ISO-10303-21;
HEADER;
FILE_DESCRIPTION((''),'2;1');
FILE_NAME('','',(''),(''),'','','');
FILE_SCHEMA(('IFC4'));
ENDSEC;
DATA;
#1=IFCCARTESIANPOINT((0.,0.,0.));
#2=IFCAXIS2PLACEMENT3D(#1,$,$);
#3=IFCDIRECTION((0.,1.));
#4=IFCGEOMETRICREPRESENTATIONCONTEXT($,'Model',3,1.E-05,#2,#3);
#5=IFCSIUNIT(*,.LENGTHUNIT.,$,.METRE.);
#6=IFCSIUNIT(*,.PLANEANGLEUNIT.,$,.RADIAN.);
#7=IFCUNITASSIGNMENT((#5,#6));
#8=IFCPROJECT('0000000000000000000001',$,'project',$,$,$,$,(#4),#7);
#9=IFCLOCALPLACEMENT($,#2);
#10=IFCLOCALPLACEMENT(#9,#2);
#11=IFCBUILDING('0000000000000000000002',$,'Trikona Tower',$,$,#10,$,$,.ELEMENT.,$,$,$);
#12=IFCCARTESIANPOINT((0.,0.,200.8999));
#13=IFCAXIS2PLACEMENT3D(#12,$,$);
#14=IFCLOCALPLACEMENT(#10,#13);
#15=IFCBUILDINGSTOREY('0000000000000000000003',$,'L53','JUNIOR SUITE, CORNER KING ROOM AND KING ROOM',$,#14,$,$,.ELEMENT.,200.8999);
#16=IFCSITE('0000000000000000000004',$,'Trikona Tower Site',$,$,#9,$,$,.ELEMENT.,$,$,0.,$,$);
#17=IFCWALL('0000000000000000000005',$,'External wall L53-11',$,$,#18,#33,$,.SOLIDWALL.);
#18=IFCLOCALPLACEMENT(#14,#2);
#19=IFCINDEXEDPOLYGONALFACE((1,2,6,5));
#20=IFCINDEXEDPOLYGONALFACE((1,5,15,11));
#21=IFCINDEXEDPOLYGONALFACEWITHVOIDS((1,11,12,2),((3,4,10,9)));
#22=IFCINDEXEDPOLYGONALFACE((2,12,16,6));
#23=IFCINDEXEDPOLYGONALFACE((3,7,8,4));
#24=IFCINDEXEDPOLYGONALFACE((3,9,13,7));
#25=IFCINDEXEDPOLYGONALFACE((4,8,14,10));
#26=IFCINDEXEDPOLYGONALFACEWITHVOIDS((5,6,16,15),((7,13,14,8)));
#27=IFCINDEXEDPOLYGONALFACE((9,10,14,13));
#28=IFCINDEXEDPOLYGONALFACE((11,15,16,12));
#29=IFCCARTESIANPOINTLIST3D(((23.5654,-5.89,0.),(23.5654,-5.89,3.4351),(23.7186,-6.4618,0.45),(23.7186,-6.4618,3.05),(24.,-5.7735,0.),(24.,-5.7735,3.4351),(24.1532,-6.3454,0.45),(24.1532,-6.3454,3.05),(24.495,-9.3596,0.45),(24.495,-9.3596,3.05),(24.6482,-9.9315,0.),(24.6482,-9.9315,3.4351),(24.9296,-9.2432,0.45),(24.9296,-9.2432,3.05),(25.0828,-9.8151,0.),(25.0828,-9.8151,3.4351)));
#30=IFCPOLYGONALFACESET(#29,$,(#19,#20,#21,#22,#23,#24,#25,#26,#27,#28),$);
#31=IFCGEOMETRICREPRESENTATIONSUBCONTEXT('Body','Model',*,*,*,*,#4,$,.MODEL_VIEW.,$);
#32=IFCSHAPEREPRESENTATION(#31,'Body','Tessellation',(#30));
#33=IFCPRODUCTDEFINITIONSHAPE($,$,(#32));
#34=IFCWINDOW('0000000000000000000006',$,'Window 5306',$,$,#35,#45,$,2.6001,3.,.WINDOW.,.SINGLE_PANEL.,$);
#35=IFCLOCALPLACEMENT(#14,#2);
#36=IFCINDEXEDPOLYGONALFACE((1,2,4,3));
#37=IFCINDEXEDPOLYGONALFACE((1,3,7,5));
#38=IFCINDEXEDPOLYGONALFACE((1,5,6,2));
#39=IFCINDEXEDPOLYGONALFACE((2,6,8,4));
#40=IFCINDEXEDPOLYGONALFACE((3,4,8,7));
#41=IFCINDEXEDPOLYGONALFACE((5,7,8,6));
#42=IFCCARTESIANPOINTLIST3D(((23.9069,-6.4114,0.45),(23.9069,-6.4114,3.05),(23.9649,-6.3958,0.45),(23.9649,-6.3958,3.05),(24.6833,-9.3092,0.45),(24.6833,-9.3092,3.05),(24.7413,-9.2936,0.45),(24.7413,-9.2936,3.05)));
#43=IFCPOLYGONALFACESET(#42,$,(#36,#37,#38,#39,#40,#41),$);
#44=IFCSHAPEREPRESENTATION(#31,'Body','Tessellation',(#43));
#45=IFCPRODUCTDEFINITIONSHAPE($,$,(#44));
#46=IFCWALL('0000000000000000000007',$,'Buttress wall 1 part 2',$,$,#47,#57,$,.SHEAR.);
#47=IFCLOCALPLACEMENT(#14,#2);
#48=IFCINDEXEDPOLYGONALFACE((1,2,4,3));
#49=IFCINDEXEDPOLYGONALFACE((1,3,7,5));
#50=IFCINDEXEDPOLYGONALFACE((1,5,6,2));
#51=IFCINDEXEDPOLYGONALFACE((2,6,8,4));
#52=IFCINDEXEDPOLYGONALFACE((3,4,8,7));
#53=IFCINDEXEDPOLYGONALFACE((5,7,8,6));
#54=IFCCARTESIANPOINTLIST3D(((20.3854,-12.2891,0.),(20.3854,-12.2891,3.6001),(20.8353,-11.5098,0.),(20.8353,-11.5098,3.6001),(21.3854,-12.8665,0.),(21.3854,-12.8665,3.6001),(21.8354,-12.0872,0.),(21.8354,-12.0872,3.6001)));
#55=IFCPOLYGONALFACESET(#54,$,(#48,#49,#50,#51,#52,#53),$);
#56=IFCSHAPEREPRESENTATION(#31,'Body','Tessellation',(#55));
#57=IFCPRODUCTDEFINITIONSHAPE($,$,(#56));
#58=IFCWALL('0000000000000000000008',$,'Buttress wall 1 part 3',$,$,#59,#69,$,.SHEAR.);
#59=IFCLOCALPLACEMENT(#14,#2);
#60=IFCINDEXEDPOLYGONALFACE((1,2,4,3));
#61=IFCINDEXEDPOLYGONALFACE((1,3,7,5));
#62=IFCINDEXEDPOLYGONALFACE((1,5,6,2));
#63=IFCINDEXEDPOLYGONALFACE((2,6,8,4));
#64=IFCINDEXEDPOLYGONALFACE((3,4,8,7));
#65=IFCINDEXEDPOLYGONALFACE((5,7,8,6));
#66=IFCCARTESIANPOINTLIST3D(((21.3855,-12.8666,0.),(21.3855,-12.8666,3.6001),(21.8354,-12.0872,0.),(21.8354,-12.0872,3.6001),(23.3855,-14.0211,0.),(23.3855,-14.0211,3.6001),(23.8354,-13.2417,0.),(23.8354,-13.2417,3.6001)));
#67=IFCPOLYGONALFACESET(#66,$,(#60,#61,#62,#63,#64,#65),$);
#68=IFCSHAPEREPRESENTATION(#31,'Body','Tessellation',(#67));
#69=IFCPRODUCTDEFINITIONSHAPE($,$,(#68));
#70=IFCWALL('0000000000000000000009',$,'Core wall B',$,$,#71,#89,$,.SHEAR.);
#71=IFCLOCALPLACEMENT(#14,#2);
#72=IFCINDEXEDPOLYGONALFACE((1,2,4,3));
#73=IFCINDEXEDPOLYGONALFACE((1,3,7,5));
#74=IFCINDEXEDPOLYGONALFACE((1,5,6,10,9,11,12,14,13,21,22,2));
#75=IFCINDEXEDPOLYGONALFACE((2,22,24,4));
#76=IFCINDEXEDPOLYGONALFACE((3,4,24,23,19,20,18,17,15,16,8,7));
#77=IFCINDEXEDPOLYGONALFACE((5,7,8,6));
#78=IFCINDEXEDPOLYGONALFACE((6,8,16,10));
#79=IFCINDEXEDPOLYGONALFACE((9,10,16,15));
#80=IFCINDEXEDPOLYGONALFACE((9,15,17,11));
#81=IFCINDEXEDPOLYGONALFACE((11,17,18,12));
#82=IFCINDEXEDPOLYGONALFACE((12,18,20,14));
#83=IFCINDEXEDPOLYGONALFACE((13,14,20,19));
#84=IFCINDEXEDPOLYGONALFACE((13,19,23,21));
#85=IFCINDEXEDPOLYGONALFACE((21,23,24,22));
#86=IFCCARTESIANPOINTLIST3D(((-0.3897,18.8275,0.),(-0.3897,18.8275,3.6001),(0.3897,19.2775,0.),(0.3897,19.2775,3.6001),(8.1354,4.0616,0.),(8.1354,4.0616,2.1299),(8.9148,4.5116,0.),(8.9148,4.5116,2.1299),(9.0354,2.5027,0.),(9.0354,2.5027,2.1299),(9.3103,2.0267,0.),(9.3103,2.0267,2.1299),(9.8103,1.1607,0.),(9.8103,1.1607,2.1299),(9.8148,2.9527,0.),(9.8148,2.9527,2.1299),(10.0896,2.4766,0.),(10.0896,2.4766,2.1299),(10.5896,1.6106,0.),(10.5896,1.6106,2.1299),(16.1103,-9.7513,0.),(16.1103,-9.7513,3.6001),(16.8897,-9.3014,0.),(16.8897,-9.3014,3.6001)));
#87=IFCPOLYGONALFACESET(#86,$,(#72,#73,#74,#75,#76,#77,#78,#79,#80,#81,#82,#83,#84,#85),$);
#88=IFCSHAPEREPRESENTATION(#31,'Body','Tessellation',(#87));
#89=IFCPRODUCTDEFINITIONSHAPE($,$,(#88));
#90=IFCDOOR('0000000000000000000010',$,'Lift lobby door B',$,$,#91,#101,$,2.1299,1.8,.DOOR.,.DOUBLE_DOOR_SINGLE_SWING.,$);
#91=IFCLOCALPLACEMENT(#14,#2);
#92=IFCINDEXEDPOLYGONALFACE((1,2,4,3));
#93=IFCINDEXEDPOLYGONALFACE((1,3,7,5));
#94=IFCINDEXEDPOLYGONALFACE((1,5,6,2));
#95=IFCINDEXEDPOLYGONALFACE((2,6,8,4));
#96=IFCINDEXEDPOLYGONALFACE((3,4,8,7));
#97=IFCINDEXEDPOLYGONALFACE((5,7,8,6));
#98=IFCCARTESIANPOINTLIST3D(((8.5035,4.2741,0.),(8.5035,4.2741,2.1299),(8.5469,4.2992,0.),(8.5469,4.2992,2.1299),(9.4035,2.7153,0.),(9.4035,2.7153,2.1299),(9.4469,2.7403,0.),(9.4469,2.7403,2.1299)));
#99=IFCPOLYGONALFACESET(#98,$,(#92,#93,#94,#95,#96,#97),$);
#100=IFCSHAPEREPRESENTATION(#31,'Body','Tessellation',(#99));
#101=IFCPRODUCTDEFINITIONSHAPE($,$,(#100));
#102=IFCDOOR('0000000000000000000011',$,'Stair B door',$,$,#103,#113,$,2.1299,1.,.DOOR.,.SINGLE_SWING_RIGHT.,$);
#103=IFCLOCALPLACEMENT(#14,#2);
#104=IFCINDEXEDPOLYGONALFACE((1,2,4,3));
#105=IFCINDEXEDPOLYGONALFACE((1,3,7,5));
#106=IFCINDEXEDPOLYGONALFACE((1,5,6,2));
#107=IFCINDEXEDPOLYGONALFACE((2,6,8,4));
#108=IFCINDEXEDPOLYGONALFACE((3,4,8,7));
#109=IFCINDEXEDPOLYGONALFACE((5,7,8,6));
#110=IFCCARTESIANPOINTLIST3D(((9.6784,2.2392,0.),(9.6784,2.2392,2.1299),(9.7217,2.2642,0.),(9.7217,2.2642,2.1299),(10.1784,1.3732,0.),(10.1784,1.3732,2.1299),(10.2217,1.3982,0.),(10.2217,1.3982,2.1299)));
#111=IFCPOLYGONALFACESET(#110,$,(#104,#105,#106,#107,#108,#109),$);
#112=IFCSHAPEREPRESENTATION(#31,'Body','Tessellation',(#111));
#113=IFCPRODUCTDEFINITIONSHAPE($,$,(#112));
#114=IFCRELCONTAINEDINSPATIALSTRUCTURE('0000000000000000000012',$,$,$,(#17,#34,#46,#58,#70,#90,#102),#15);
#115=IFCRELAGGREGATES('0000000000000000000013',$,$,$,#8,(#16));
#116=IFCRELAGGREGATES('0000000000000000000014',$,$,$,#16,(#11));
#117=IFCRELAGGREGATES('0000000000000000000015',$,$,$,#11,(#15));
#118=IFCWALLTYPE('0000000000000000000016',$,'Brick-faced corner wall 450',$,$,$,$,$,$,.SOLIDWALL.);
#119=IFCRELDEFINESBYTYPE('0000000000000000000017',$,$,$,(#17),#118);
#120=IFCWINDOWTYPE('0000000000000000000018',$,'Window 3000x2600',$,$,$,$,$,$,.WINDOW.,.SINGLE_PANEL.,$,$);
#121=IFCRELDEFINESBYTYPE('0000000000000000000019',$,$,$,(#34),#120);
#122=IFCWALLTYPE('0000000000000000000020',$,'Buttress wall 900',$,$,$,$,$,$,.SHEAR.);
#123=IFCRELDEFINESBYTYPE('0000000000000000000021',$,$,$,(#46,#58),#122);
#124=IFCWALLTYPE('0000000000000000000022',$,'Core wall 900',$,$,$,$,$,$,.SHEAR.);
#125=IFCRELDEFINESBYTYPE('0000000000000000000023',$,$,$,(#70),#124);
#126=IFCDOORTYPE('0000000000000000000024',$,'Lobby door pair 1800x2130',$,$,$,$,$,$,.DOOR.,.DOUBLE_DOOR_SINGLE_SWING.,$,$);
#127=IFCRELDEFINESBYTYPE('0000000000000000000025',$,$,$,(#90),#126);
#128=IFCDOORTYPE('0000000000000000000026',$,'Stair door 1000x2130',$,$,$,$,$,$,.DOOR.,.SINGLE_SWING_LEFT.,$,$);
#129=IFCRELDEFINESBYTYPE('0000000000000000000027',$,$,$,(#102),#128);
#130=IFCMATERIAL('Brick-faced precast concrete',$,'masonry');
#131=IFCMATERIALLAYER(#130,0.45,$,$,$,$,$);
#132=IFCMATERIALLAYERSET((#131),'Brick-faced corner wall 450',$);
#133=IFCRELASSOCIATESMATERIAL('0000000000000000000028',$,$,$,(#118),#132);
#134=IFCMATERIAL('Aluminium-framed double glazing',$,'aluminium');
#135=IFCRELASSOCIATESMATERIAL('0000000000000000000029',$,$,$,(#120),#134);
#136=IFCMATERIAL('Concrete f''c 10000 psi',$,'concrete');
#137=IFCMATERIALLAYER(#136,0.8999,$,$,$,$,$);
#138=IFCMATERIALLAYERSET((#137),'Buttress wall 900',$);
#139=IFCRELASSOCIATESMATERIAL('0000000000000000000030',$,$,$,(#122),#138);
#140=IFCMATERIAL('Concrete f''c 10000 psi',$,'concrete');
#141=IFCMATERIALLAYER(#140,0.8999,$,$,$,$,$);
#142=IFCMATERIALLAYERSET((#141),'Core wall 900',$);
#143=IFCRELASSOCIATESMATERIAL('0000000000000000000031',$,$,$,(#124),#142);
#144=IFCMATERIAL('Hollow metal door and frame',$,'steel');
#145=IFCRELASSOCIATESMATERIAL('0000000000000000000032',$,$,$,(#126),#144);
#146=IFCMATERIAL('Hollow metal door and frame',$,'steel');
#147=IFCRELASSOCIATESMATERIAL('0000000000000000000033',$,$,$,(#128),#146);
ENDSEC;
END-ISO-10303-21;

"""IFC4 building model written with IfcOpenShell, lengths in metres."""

from ifc_helpers import new_model, si_unit, direction, frame, frame_2d, origin, place, context, subcontext, project, spatial, rectangle, extrude, material, layer, layer_set, type_object, element, fill, save


model = new_model("IFC4")

# Units and contexts
model_context = context("Model", 3, precision=1e-05, world=origin(), true_north=direction((0.0, 1.0)))
body_context = subcontext(model_context, "Body", "Model", "MODEL_VIEW")
ifc_project = project(units=[si_unit("LENGTHUNIT", "METRE"), si_unit("PLANEANGLEUNIT", "RADIAN")], contexts=[model_context])

# Site, building, storey
site_placement = place(None, origin())
site = spatial("IfcSite", under=ifc_project, at=site_placement, Name="Trikona Tower Site", CompositionType="ELEMENT", RefElevation=0.0)
building_placement = place(site_placement, origin())
building = spatial("IfcBuilding", under=site, at=building_placement, Name="Trikona Tower", CompositionType="ELEMENT")
storey_placement = place(building_placement, frame((0.0, 0.0, 200.8999)))
storey = spatial("IfcBuildingStorey", under=building, at=storey_placement, Name="L53", Description="JUNIOR SUITE, CORNER KING ROOM AND KING ROOM", CompositionType="ELEMENT", Elevation=200.8999)

# Wall, opening, window
ifc_material_1 = material(Name="Brick-faced precast concrete", Category="masonry")
ifc_layer_1 = layer(ifc_material_1, 0.45)
ifc_layer_set_1 = layer_set([ifc_layer_1], Name="Brick-faced corner wall 450")
wall_type_1 = type_object("IfcWallType", Name="Brick-faced corner wall 450", PredefinedType="SOLIDWALL", material=ifc_layer_set_1)
wall_1_placement = place(storey_placement, frame((24.8655, -9.8733, 0.0), z_axis=(0.0, 0.0, 1.0), x_axis=(-0.258785, 0.965935, 0.0)))
wall_1 = element("IfcWall", 1, at=wall_1_placement, inside=storey, type_object=wall_type_1, Name="External wall L53-11", PredefinedType="SOLIDWALL", context=body_context, shape_type="SweptSolid", body=[
    extrude(rectangle(XDim=4.1841, YDim=0.45, at=frame_2d((2.092, 0.0))), origin(), (0.0, 0.0, 1.0), 3.4351),
])
opening_1_placement = place(wall_1_placement, frame((0.592, 0.0, 0.45)))
opening_1 = element("IfcOpeningElement", 2, at=opening_1_placement, cuts=wall_1, PredefinedType="OPENING", context=body_context, shape_type="SweptSolid", body=[
    extrude(rectangle(XDim=3.0, YDim=2.6001, at=frame_2d((1.5, 1.3))), frame((0.0, 0.2349, 0.0), z_axis=(0.0, -1.0, 0.0), x_axis=(1.0, 0.0, 0.0)), (0.0, 0.0, 1.0), 0.47),
])
ifc_material_2 = material(Name="Aluminium-framed double glazing", Category="aluminium")
window_type_1 = type_object("IfcWindowType", Name="Window 3000x2600", PartitioningType="SINGLE_PANEL", PredefinedType="WINDOW", material=ifc_material_2)
window_1_placement = place(opening_1_placement, origin())
window_1 = element("IfcWindow", 3, at=window_1_placement, inside=storey, type_object=window_type_1, Name="Window 5306", OverallHeight=2.6001, OverallWidth=3.0, PartitioningType="SINGLE_PANEL", PredefinedType="WINDOW", context=body_context, shape_type="SweptSolid", body=[
    extrude(rectangle(XDim=3.0, YDim=2.6001, at=frame_2d((1.5, 1.3))), frame((0.0, 0.03, 0.0), z_axis=(0.0, -1.0, 0.0), x_axis=(1.0, 0.0, 0.0)), (0.0, 0.0, 1.0), 0.0601),
])
fill(opening_1, window_1)

# Walls
ifc_material_3 = material(Name="Concrete f'c 10000 psi", Category="concrete")
ifc_layer_2 = layer(ifc_material_3, 0.8999)
ifc_layer_set_2 = layer_set([ifc_layer_2], Name="Buttress wall 900")
wall_type_2 = type_object("IfcWallType", Name="Buttress wall 900", PredefinedType="SHEAR", material=ifc_layer_set_2)
wall_2_placement = place(storey_placement, frame((20.6104, -11.8994, 0.0), z_axis=(0.0, 0.0, 1.0), x_axis=(0.86601, -0.500027, 0.0)))
element("IfcWall", 4, at=wall_2_placement, inside=storey, type_object=wall_type_2, Name="Buttress wall 1 part 2", PredefinedType="SHEAR", context=body_context, shape_type="SweptSolid", body=[
    extrude(rectangle(XDim=1.1548, YDim=0.8999, at=frame_2d((0.5774, 0.0))), origin(), (0.0, 0.0, 1.0), 3.6001),
])
wall_3_placement = place(storey_placement, frame((21.6104, -12.4768, 0.0), z_axis=(0.0, 0.0, 1.0), x_axis=(0.866055, -0.499948, 0.0)))
element("IfcWall", 5, at=wall_3_placement, inside=storey, type_object=wall_type_2, Name="Buttress wall 1 part 3", PredefinedType="SHEAR", context=body_context, shape_type="SweptSolid", body=[
    extrude(rectangle(XDim=2.3093, YDim=0.8999, at=frame_2d((1.1548, 0.0))), origin(), (0.0, 0.0, 1.0), 3.6001),
])

# Wall, openings, doors
ifc_material_4 = material(Name="Concrete f'c 10000 psi", Category="concrete")
ifc_layer_3 = layer(ifc_material_4, 0.8999)
ifc_layer_set_3 = layer_set([ifc_layer_3], Name="Core wall 900")
wall_type_3 = type_object("IfcWallType", Name="Core wall 900", PredefinedType="SHEAR", material=ifc_layer_set_3)
wall_4_placement = place(storey_placement, frame((16.5, -9.5264, 0.0), z_axis=(0.0, 0.0, 1.0), x_axis=(-0.5, 0.866026, 0.0)))
wall_4 = element("IfcWall", 6, at=wall_4_placement, inside=storey, type_object=wall_type_3, Name="Core wall B", PredefinedType="SHEAR", context=body_context, shape_type="SweptSolid", body=[
    extrude(rectangle(XDim=33.0, YDim=0.8999, at=frame_2d((16.5, 0.0))), origin(), (0.0, 0.0, 1.0), 3.6001),
])
opening_2_placement = place(wall_4_placement, frame((14.1499, 0.0, 0.0)))
opening_2 = element("IfcOpeningElement", 7, at=opening_2_placement, cuts=wall_4, PredefinedType="OPENING", context=body_context, shape_type="SweptSolid", body=[
    extrude(rectangle(XDim=1.8, YDim=2.1299, at=frame_2d((0.8999, 1.0649))), frame((0.0, 0.46, 0.0), z_axis=(0.0, -1.0, 0.0), x_axis=(1.0, 0.0, 0.0)), (0.0, 0.0, 1.0), 0.9199),
])
opening_3_placement = place(wall_4_placement, frame((12.6001, 0.0, 0.0)))
opening_3 = element("IfcOpeningElement", 8, at=opening_3_placement, cuts=wall_4, PredefinedType="OPENING", context=body_context, shape_type="SweptSolid", body=[
    extrude(rectangle(XDim=1.0, YDim=2.1299, at=frame_2d((0.5, 1.0649))), frame((0.0, 0.46, 0.0), z_axis=(0.0, -1.0, 0.0), x_axis=(1.0, 0.0, 0.0)), (0.0, 0.0, 1.0), 0.9199),
])
ifc_material_5 = material(Name="Hollow metal door and frame", Category="steel")
door_type_1 = type_object("IfcDoorType", Name="Lobby door pair 1800x2130", OperationType="DOUBLE_DOOR_SINGLE_SWING", PredefinedType="DOOR", material=ifc_material_5)
door_1_placement = place(opening_2_placement, origin())
door_1 = element("IfcDoor", 9, at=door_1_placement, inside=storey, type_object=door_type_1, Name="Lift lobby door B", OperationType="DOUBLE_DOOR_SINGLE_SWING", OverallHeight=2.1299, OverallWidth=1.8, PredefinedType="DOOR", context=body_context, shape_type="SweptSolid", body=[
    extrude(rectangle(XDim=1.8, YDim=2.1299, at=frame_2d((0.8999, 1.0649))), frame((0.0, 0.0249, 0.0), z_axis=(0.0, -1.0, 0.0), x_axis=(1.0, 0.0, 0.0)), (0.0, 0.0, 1.0), 0.05),
])
fill(opening_2, door_1)
ifc_material_6 = material(Name="Hollow metal door and frame", Category="steel")
door_type_2 = type_object("IfcDoorType", Name="Stair door 1000x2130", OperationType="SINGLE_SWING_LEFT", PredefinedType="DOOR", material=ifc_material_6)
door_2_placement = place(opening_3_placement, origin())
door_2 = element("IfcDoor", 10, at=door_2_placement, inside=storey, type_object=door_type_2, Name="Stair B door", OperationType="SINGLE_SWING_RIGHT", OverallHeight=2.1299, OverallWidth=1.0, PredefinedType="DOOR", context=body_context, shape_type="SweptSolid", body=[
    extrude(rectangle(XDim=1.0, YDim=2.1299, at=frame_2d((0.5, 1.0649))), frame((0.0, 0.0249, 0.0), z_axis=(0.0, -1.0, 0.0), x_axis=(1.0, 0.0, 0.0)), (0.0, 0.0, 1.0), 0.05),
])
fill(opening_3, door_2)

save(model, "model.ifc")
